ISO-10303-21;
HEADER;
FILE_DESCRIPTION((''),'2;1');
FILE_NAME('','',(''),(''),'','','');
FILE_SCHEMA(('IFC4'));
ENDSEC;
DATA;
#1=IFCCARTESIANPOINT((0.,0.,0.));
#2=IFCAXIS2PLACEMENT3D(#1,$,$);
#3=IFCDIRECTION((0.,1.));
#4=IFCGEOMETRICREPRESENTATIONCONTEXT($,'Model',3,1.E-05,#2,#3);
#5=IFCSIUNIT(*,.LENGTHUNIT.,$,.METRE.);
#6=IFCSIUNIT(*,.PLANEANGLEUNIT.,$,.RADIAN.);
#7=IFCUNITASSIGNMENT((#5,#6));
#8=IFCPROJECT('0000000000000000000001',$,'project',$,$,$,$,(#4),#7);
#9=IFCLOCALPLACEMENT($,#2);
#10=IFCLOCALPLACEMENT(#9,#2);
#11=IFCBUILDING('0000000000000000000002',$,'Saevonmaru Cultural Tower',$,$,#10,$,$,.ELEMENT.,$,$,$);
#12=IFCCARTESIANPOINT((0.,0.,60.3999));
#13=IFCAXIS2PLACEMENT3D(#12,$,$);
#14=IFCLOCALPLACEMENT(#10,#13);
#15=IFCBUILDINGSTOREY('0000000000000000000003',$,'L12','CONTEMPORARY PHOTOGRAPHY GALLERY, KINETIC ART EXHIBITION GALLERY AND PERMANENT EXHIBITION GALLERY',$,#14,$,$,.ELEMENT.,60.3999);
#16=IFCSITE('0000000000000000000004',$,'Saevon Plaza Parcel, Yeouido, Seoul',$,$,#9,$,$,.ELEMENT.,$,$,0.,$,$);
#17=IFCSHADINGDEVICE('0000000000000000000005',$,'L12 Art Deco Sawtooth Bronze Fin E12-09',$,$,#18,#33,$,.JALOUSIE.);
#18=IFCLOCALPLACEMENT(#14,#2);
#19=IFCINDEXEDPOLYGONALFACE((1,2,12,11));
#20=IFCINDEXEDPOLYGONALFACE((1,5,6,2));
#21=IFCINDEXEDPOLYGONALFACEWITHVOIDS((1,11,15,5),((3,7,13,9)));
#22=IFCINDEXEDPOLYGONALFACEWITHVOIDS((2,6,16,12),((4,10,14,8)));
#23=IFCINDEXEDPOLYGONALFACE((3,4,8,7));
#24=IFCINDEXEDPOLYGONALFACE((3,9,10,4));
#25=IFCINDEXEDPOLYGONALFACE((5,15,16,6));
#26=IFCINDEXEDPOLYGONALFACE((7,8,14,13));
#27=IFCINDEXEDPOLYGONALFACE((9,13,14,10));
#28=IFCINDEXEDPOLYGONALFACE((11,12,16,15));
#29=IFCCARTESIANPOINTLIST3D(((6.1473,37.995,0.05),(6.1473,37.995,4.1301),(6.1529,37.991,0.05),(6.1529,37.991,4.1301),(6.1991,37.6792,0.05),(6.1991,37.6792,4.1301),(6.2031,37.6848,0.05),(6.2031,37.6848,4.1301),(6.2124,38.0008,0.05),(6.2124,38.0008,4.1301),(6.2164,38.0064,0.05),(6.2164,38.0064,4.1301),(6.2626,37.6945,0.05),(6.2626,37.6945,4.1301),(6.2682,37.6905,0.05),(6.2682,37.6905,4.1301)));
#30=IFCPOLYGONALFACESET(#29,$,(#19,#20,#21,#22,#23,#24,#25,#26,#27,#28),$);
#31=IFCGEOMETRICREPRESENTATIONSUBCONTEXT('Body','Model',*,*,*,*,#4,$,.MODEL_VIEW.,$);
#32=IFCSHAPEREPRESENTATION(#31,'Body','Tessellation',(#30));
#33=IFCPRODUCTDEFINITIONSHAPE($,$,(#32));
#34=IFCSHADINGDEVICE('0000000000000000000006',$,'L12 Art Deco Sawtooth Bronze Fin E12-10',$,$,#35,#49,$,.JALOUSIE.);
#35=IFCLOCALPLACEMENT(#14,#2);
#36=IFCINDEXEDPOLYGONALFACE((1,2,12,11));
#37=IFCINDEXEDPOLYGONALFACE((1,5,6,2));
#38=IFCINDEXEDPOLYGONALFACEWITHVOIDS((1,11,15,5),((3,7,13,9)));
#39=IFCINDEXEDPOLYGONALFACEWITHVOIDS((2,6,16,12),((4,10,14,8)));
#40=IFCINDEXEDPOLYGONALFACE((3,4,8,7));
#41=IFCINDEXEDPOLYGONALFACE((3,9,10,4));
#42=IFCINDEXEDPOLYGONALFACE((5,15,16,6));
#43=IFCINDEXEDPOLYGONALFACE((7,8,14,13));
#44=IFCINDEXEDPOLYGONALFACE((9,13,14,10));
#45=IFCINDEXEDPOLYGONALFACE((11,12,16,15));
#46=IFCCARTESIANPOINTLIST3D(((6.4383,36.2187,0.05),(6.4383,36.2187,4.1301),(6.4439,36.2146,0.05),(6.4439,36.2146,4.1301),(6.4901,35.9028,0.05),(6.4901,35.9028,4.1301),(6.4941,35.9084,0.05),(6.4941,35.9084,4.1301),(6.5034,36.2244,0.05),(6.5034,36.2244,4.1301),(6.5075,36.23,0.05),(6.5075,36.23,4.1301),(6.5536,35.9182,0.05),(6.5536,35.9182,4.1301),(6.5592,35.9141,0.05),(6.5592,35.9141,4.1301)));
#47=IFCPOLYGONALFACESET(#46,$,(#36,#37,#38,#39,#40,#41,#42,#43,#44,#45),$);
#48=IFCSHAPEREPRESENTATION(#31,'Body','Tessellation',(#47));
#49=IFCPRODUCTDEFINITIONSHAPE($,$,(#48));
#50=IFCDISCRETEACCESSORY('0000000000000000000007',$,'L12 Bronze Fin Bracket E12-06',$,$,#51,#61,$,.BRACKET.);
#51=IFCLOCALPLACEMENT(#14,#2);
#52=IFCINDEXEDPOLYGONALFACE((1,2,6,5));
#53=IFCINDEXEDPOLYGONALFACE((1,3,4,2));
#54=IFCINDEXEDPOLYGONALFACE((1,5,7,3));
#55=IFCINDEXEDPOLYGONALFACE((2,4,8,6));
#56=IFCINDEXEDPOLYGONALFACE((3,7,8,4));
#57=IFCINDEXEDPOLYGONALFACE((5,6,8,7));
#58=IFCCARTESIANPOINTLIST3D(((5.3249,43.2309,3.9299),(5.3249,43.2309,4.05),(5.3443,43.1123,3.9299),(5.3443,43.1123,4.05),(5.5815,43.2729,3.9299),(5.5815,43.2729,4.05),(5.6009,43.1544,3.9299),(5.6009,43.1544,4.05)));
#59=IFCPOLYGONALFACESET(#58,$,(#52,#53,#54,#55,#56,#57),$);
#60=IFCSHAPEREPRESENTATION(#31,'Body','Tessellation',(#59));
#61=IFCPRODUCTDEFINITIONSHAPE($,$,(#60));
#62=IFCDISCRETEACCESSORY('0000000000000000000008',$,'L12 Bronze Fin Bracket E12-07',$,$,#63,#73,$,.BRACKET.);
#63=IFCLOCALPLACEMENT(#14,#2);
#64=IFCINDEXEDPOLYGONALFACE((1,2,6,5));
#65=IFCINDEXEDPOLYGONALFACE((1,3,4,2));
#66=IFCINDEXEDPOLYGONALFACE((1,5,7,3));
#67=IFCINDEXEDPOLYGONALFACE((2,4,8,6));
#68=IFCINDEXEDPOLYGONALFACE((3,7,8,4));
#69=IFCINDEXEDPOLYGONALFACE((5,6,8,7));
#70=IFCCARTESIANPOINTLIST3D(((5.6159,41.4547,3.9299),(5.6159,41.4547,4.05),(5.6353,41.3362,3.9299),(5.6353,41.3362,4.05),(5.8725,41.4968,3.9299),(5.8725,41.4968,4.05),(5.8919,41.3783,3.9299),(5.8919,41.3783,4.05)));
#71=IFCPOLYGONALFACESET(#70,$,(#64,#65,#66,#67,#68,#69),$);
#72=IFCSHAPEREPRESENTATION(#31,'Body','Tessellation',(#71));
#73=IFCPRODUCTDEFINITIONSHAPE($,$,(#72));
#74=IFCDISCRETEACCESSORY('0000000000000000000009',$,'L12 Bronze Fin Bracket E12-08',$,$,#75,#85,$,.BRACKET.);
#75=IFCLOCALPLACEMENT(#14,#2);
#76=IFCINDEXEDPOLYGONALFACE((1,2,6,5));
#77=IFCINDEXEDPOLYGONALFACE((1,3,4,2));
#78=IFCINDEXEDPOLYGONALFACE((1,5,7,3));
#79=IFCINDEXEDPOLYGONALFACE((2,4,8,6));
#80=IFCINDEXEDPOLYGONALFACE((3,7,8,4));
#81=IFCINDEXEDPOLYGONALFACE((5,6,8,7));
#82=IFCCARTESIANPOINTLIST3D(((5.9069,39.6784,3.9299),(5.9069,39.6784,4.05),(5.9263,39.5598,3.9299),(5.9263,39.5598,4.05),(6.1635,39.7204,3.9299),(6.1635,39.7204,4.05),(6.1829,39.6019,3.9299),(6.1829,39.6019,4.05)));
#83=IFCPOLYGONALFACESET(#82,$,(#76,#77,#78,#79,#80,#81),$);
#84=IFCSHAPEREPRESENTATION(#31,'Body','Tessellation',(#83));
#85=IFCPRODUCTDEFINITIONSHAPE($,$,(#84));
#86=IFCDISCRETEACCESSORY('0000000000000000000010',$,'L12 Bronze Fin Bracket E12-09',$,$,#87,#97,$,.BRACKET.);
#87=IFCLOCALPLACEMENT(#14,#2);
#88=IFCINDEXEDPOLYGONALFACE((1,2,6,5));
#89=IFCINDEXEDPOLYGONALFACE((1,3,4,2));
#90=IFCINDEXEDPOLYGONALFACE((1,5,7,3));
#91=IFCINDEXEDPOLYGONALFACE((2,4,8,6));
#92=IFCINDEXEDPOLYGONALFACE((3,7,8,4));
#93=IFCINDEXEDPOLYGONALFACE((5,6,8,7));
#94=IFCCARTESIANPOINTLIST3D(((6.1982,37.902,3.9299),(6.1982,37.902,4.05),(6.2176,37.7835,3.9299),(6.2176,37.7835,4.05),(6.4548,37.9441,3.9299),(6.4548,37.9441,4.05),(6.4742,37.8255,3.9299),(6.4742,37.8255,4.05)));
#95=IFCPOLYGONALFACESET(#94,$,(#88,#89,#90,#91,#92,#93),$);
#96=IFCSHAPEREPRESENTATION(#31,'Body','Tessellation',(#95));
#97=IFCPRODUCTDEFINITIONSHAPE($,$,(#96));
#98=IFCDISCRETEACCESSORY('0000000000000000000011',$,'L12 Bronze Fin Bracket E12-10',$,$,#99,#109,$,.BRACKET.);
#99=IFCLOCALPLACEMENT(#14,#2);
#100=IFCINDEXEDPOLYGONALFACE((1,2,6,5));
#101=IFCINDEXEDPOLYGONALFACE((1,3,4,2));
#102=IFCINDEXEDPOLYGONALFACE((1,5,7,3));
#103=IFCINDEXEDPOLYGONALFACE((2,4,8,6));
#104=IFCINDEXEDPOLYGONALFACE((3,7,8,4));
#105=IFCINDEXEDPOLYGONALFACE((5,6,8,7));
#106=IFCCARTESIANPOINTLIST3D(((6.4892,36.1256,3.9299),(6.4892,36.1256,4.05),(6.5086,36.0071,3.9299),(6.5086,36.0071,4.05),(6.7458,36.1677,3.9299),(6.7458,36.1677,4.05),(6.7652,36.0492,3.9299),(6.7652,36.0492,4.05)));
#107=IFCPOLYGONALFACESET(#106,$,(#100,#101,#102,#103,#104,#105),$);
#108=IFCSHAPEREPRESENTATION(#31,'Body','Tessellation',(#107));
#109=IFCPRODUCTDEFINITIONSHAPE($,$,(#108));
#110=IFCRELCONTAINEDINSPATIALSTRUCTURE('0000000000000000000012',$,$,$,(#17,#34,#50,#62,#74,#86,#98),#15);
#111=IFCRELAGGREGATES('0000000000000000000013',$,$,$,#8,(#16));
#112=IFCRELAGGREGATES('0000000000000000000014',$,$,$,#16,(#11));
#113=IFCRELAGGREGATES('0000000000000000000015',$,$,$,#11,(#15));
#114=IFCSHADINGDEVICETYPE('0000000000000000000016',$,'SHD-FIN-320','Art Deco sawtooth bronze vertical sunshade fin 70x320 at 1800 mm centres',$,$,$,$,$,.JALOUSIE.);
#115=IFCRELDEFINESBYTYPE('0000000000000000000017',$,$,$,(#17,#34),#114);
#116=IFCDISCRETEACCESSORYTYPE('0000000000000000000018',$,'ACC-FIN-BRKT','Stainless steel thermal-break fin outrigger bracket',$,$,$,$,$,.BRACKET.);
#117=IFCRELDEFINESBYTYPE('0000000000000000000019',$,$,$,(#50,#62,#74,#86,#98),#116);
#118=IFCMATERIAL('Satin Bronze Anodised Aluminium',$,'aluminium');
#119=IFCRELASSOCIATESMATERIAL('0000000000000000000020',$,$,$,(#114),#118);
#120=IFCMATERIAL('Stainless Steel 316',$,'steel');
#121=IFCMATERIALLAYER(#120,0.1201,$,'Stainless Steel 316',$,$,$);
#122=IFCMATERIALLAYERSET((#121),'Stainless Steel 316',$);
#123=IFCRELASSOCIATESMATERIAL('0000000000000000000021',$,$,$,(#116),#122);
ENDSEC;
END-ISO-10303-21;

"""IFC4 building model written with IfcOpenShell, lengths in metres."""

from ifc_helpers import new_model, si_unit, direction, frame, origin, origin_2d, place, context, subcontext, project, spatial, rectangle, hollow_rectangle, extrude, material, layer, layer_set, material_profile, profile_set, type_object, element, save


model = new_model("IFC4")

# Units and contexts
model_context = context("Model", 3, precision=1e-05, world=origin(), true_north=direction((0.0, 1.0)))
body_context = subcontext(model_context, "Body", "Model", "MODEL_VIEW")
ifc_project = project(units=[si_unit("LENGTHUNIT", "METRE"), si_unit("PLANEANGLEUNIT", "RADIAN")], contexts=[model_context])

# Site, building, storey
site_placement = place(None, origin())
site = spatial("IfcSite", under=ifc_project, at=site_placement, Name="Saevon Plaza Parcel, Yeouido, Seoul", CompositionType="ELEMENT", RefElevation=0.0)
building_placement = place(site_placement, origin())
building = spatial("IfcBuilding", under=site, at=building_placement, Name="Saevonmaru Cultural Tower", CompositionType="ELEMENT")
storey_placement = place(building_placement, frame((0.0, 0.0, 60.3999)))
storey = spatial("IfcBuildingStorey", under=building, at=storey_placement, Name="L12", Description="CONTEMPORARY PHOTOGRAPHY GALLERY, KINETIC ART EXHIBITION GALLERY AND PERMANENT EXHIBITION GALLERY", CompositionType="ELEMENT", Elevation=60.3999)

# Shared definitions
ifc_material_1 = material(Name="Satin Bronze Anodised Aluminium", Category="aluminium")

# Shading devices
ifc_material_profile_1 = material_profile(ifc_material_1, hollow_rectangle(XDim=0.0701, YDim=0.3201, WallThickness=0.0049, at=origin_2d()), Name="FIN-320x70")
ifc_profile_set_1 = profile_set([ifc_material_profile_1], Name="Satin Bronze Anodised Aluminium")
shading_device_type = type_object("IfcShadingDeviceType", Name="SHD-FIN-320", Description="Art Deco sawtooth bronze vertical sunshade fin 70x320 at 1800 mm centres", PredefinedType="JALOUSIE", material=ifc_profile_set_1)
for number, where, z_axis, x_axis, name in (
    (1, (6.2078, 37.8428, 0.05), (0.0, 0.0, 1.0), (-0.986827, -0.161776, 0.0), "L12 Art Deco Sawtooth Bronze Fin E12-09"),
    (2, (6.4988, 36.0664, 0.05), (0.0, 0.0, 1.0), (-0.986827, -0.161776, 0.0), "L12 Art Deco Sawtooth Bronze Fin E12-10"),
):
    element("IfcShadingDevice", number, at=place(storey_placement, frame(where, z_axis=z_axis, x_axis=x_axis)), inside=storey, type_object=shading_device_type, Name=name, PredefinedType="JALOUSIE", context=body_context, shape_type="SweptSolid", body=[
        extrude(hollow_rectangle(XDim=0.0701, YDim=0.3201, WallThickness=0.0049, at=origin_2d()), origin(), (0.0, 0.0, 1.0), 4.0801),
    ])

# Discrete accessories
ifc_material_2 = material(Name="Stainless Steel 316", Category="steel")
ifc_layer_1 = layer(ifc_material_2, 0.1201, Name="Stainless Steel 316")
ifc_layer_set_1 = layer_set([ifc_layer_1], Name="Stainless Steel 316")
discrete_accessory_type = type_object("IfcDiscreteAccessoryType", Name="ACC-FIN-BRKT", Description="Stainless steel thermal-break fin outrigger bracket", PredefinedType="BRACKET", material=ifc_layer_set_1)
for number, where, z_axis, x_axis, name in (
    (3, (5.4629, 43.1926, 3.9299), (0.0, 0.0, 1.0), (-0.986827, -0.161776, 0.0), "L12 Bronze Fin Bracket E12-06"),
    (4, (5.7539, 41.4165, 3.9299), (0.0, 0.0, 1.0), (-0.986827, -0.161776, 0.0), "L12 Bronze Fin Bracket E12-07"),
    (5, (6.0449, 39.6401, 3.9299), (0.0, 0.0, 1.0), (-0.986827, -0.161776, 0.0), "L12 Bronze Fin Bracket E12-08"),
    (6, (6.3362, 37.8638, 3.9299), (0.0, 0.0, 1.0), (-0.986827, -0.161776, 0.0), "L12 Bronze Fin Bracket E12-09"),
    (7, (6.6272, 36.0874, 3.9299), (0.0, 0.0, 1.0), (-0.986827, -0.161776, 0.0), "L12 Bronze Fin Bracket E12-10"),
):
    element("IfcDiscreteAccessory", number, at=place(storey_placement, frame(where, z_axis=z_axis, x_axis=x_axis)), inside=storey, type_object=discrete_accessory_type, Name=name, PredefinedType="BRACKET", context=body_context, shape_type="SweptSolid", body=[
        extrude(rectangle(XDim=0.26, YDim=0.1201, at=origin_2d()), origin(), (0.0, 0.0, 1.0), 0.1201),
    ])

save(model, "model.ifc")
